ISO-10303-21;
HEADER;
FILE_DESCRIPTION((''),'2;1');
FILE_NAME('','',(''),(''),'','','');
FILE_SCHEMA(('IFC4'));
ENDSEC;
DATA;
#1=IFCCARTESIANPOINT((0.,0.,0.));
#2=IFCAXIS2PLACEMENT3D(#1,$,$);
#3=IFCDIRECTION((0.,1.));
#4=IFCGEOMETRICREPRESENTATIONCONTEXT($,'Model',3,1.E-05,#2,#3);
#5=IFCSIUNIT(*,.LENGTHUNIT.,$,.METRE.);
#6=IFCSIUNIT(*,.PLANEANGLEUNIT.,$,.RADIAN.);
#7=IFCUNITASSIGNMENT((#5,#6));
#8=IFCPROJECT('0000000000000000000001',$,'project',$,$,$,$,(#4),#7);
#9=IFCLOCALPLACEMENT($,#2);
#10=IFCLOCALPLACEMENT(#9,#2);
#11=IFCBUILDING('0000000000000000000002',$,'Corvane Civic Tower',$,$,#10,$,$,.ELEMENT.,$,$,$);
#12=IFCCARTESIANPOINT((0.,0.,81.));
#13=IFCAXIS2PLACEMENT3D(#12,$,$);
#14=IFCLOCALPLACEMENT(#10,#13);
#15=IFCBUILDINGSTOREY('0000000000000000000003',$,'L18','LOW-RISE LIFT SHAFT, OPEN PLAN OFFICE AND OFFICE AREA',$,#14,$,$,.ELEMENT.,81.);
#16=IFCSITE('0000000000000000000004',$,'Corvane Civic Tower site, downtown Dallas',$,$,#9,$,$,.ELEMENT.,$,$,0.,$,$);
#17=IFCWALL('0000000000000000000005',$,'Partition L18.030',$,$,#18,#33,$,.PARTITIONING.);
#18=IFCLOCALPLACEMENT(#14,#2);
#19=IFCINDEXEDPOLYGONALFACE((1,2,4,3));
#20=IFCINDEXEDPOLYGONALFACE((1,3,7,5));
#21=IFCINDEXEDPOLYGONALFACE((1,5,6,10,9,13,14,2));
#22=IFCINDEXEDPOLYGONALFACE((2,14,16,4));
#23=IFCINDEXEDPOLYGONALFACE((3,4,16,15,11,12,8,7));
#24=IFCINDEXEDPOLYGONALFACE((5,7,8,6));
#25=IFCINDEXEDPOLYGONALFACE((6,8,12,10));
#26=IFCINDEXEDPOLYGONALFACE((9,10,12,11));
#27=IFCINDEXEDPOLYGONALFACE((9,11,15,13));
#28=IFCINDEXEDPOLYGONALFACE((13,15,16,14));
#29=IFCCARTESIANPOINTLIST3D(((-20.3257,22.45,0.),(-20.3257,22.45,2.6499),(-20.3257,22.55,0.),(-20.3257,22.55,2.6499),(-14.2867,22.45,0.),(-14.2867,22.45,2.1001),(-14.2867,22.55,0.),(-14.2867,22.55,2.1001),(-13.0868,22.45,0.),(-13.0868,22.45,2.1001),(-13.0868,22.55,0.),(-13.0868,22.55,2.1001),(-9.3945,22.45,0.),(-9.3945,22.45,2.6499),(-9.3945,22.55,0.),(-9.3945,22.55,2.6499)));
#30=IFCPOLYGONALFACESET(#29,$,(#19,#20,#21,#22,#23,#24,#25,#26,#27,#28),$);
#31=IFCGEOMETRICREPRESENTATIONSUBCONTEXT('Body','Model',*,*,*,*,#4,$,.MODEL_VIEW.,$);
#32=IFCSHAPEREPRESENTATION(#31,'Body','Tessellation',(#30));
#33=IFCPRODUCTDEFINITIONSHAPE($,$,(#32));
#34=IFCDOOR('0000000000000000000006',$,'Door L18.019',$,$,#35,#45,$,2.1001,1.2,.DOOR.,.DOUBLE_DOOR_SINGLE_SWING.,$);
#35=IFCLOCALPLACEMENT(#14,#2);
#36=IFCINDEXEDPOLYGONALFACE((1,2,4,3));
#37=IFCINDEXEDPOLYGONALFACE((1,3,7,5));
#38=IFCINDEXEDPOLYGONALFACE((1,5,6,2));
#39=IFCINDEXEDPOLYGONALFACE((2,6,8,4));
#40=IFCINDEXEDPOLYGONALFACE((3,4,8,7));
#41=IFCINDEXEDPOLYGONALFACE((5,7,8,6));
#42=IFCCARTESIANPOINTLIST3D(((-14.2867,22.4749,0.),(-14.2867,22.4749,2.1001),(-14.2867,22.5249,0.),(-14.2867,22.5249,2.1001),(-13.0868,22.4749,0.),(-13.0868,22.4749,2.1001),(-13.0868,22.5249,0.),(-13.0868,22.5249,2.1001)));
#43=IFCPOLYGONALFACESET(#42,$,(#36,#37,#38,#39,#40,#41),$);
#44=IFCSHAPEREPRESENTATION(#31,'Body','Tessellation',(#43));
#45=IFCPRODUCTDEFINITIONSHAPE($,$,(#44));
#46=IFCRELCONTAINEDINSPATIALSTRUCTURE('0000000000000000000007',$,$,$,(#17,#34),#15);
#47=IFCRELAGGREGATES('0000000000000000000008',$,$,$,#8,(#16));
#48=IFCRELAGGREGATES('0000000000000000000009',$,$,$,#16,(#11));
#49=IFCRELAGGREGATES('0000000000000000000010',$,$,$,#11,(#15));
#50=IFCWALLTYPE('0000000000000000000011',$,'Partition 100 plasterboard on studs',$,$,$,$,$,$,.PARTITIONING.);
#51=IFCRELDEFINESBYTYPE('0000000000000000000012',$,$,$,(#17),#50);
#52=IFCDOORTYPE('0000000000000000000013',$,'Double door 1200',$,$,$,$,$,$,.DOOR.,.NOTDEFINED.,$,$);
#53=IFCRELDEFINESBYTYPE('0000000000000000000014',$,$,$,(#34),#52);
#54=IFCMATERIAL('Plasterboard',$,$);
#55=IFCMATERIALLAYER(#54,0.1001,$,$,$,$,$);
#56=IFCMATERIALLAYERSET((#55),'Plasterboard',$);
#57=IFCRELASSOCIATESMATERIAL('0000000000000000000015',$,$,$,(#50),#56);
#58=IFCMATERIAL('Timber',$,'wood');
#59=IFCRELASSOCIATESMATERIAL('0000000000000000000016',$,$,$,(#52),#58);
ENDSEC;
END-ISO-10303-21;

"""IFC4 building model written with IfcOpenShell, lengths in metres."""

from ifc_helpers import new_model, si_unit, direction, frame, frame_2d, origin, place, context, subcontext, project, spatial, rectangle, extrude, material, layer, layer_set, type_object, element, fill, save


model = new_model("IFC4")

# Units and contexts
model_context = context("Model", 3, precision=1e-05, world=origin(), true_north=direction((0.0, 1.0)))
body_context = subcontext(model_context, "Body", "Model", "MODEL_VIEW")
ifc_project = project(units=[si_unit("LENGTHUNIT", "METRE"), si_unit("PLANEANGLEUNIT", "RADIAN")], contexts=[model_context])

# Site, building, storey
site_placement = place(None, origin())
site = spatial("IfcSite", under=ifc_project, at=site_placement, Name="Corvane Civic Tower site, downtown Dallas", CompositionType="ELEMENT", RefElevation=0.0)
building_placement = place(site_placement, origin())
building = spatial("IfcBuilding", under=site, at=building_placement, Name="Corvane Civic Tower", CompositionType="ELEMENT")
storey_placement = place(building_placement, frame((0.0, 0.0, 81.0)))
storey = spatial("IfcBuildingStorey", under=building, at=storey_placement, Name="L18", Description="LOW-RISE LIFT SHAFT, OPEN PLAN OFFICE AND OFFICE AREA", CompositionType="ELEMENT", Elevation=81.0)

# Shared definitions
ifc_material_1 = material(Name="Plasterboard")
ifc_layer_1 = layer(ifc_material_1, 0.1001)
ifc_layer_set_1 = layer_set([ifc_layer_1], Name="Plasterboard")
wall_type = type_object("IfcWallType", Name="Partition 100 plasterboard on studs", PredefinedType="PARTITIONING", material=ifc_layer_set_1)

# Wall, opening, door
wall_1_placement = place(storey_placement, frame((-20.3257, 22.5, 0.0), z_axis=(0.0, 0.0, 1.0), x_axis=(1.0, 0.0, 0.0)))
wall_1 = element("IfcWall", 1, at=wall_1_placement, inside=storey, type_object=wall_type, Name="Partition L18.030", PredefinedType="PARTITIONING", context=body_context, shape_type="SweptSolid", body=[
    extrude(rectangle(XDim=10.9312, YDim=0.1001, at=frame_2d((5.4656, 0.0))), origin(), (0.0, 0.0, 1.0), 2.6499),
])
opening_placement = place(wall_1_placement, frame((6.0388, 0.0, 0.0)))
opening = element("IfcOpeningElement", 2, at=opening_placement, cuts=wall_1, PredefinedType="OPENING", context=body_context, shape_type="SweptSolid", body=[
    extrude(rectangle(XDim=1.2, YDim=2.1001, at=frame_2d((0.6001, 1.05))), frame((0.0, 0.0601, 0.0), z_axis=(0.0, -1.0, 0.0), x_axis=(1.0, 0.0, 0.0)), (0.0, 0.0, 1.0), 0.1201),
])
ifc_material_2 = material(Name="Timber", Category="wood")
door_type = type_object("IfcDoorType", Name="Double door 1200", OperationType="NOTDEFINED", PredefinedType="DOOR", material=ifc_material_2)
door_placement = place(opening_placement, origin())
door = element("IfcDoor", 3, at=door_placement, inside=storey, type_object=door_type, Name="Door L18.019", OperationType="DOUBLE_DOOR_SINGLE_SWING", OverallHeight=2.1001, OverallWidth=1.2, PredefinedType="DOOR", context=body_context, shape_type="SweptSolid", body=[
    extrude(rectangle(XDim=1.2, YDim=2.1001, at=frame_2d((0.6001, 1.05))), frame((0.0, 0.0249, 0.0), z_axis=(0.0, -1.0, 0.0), x_axis=(1.0, 0.0, 0.0)), (0.0, 0.0, 1.0), 0.05),
])
fill(opening, door)

save(model, "model.ifc")
